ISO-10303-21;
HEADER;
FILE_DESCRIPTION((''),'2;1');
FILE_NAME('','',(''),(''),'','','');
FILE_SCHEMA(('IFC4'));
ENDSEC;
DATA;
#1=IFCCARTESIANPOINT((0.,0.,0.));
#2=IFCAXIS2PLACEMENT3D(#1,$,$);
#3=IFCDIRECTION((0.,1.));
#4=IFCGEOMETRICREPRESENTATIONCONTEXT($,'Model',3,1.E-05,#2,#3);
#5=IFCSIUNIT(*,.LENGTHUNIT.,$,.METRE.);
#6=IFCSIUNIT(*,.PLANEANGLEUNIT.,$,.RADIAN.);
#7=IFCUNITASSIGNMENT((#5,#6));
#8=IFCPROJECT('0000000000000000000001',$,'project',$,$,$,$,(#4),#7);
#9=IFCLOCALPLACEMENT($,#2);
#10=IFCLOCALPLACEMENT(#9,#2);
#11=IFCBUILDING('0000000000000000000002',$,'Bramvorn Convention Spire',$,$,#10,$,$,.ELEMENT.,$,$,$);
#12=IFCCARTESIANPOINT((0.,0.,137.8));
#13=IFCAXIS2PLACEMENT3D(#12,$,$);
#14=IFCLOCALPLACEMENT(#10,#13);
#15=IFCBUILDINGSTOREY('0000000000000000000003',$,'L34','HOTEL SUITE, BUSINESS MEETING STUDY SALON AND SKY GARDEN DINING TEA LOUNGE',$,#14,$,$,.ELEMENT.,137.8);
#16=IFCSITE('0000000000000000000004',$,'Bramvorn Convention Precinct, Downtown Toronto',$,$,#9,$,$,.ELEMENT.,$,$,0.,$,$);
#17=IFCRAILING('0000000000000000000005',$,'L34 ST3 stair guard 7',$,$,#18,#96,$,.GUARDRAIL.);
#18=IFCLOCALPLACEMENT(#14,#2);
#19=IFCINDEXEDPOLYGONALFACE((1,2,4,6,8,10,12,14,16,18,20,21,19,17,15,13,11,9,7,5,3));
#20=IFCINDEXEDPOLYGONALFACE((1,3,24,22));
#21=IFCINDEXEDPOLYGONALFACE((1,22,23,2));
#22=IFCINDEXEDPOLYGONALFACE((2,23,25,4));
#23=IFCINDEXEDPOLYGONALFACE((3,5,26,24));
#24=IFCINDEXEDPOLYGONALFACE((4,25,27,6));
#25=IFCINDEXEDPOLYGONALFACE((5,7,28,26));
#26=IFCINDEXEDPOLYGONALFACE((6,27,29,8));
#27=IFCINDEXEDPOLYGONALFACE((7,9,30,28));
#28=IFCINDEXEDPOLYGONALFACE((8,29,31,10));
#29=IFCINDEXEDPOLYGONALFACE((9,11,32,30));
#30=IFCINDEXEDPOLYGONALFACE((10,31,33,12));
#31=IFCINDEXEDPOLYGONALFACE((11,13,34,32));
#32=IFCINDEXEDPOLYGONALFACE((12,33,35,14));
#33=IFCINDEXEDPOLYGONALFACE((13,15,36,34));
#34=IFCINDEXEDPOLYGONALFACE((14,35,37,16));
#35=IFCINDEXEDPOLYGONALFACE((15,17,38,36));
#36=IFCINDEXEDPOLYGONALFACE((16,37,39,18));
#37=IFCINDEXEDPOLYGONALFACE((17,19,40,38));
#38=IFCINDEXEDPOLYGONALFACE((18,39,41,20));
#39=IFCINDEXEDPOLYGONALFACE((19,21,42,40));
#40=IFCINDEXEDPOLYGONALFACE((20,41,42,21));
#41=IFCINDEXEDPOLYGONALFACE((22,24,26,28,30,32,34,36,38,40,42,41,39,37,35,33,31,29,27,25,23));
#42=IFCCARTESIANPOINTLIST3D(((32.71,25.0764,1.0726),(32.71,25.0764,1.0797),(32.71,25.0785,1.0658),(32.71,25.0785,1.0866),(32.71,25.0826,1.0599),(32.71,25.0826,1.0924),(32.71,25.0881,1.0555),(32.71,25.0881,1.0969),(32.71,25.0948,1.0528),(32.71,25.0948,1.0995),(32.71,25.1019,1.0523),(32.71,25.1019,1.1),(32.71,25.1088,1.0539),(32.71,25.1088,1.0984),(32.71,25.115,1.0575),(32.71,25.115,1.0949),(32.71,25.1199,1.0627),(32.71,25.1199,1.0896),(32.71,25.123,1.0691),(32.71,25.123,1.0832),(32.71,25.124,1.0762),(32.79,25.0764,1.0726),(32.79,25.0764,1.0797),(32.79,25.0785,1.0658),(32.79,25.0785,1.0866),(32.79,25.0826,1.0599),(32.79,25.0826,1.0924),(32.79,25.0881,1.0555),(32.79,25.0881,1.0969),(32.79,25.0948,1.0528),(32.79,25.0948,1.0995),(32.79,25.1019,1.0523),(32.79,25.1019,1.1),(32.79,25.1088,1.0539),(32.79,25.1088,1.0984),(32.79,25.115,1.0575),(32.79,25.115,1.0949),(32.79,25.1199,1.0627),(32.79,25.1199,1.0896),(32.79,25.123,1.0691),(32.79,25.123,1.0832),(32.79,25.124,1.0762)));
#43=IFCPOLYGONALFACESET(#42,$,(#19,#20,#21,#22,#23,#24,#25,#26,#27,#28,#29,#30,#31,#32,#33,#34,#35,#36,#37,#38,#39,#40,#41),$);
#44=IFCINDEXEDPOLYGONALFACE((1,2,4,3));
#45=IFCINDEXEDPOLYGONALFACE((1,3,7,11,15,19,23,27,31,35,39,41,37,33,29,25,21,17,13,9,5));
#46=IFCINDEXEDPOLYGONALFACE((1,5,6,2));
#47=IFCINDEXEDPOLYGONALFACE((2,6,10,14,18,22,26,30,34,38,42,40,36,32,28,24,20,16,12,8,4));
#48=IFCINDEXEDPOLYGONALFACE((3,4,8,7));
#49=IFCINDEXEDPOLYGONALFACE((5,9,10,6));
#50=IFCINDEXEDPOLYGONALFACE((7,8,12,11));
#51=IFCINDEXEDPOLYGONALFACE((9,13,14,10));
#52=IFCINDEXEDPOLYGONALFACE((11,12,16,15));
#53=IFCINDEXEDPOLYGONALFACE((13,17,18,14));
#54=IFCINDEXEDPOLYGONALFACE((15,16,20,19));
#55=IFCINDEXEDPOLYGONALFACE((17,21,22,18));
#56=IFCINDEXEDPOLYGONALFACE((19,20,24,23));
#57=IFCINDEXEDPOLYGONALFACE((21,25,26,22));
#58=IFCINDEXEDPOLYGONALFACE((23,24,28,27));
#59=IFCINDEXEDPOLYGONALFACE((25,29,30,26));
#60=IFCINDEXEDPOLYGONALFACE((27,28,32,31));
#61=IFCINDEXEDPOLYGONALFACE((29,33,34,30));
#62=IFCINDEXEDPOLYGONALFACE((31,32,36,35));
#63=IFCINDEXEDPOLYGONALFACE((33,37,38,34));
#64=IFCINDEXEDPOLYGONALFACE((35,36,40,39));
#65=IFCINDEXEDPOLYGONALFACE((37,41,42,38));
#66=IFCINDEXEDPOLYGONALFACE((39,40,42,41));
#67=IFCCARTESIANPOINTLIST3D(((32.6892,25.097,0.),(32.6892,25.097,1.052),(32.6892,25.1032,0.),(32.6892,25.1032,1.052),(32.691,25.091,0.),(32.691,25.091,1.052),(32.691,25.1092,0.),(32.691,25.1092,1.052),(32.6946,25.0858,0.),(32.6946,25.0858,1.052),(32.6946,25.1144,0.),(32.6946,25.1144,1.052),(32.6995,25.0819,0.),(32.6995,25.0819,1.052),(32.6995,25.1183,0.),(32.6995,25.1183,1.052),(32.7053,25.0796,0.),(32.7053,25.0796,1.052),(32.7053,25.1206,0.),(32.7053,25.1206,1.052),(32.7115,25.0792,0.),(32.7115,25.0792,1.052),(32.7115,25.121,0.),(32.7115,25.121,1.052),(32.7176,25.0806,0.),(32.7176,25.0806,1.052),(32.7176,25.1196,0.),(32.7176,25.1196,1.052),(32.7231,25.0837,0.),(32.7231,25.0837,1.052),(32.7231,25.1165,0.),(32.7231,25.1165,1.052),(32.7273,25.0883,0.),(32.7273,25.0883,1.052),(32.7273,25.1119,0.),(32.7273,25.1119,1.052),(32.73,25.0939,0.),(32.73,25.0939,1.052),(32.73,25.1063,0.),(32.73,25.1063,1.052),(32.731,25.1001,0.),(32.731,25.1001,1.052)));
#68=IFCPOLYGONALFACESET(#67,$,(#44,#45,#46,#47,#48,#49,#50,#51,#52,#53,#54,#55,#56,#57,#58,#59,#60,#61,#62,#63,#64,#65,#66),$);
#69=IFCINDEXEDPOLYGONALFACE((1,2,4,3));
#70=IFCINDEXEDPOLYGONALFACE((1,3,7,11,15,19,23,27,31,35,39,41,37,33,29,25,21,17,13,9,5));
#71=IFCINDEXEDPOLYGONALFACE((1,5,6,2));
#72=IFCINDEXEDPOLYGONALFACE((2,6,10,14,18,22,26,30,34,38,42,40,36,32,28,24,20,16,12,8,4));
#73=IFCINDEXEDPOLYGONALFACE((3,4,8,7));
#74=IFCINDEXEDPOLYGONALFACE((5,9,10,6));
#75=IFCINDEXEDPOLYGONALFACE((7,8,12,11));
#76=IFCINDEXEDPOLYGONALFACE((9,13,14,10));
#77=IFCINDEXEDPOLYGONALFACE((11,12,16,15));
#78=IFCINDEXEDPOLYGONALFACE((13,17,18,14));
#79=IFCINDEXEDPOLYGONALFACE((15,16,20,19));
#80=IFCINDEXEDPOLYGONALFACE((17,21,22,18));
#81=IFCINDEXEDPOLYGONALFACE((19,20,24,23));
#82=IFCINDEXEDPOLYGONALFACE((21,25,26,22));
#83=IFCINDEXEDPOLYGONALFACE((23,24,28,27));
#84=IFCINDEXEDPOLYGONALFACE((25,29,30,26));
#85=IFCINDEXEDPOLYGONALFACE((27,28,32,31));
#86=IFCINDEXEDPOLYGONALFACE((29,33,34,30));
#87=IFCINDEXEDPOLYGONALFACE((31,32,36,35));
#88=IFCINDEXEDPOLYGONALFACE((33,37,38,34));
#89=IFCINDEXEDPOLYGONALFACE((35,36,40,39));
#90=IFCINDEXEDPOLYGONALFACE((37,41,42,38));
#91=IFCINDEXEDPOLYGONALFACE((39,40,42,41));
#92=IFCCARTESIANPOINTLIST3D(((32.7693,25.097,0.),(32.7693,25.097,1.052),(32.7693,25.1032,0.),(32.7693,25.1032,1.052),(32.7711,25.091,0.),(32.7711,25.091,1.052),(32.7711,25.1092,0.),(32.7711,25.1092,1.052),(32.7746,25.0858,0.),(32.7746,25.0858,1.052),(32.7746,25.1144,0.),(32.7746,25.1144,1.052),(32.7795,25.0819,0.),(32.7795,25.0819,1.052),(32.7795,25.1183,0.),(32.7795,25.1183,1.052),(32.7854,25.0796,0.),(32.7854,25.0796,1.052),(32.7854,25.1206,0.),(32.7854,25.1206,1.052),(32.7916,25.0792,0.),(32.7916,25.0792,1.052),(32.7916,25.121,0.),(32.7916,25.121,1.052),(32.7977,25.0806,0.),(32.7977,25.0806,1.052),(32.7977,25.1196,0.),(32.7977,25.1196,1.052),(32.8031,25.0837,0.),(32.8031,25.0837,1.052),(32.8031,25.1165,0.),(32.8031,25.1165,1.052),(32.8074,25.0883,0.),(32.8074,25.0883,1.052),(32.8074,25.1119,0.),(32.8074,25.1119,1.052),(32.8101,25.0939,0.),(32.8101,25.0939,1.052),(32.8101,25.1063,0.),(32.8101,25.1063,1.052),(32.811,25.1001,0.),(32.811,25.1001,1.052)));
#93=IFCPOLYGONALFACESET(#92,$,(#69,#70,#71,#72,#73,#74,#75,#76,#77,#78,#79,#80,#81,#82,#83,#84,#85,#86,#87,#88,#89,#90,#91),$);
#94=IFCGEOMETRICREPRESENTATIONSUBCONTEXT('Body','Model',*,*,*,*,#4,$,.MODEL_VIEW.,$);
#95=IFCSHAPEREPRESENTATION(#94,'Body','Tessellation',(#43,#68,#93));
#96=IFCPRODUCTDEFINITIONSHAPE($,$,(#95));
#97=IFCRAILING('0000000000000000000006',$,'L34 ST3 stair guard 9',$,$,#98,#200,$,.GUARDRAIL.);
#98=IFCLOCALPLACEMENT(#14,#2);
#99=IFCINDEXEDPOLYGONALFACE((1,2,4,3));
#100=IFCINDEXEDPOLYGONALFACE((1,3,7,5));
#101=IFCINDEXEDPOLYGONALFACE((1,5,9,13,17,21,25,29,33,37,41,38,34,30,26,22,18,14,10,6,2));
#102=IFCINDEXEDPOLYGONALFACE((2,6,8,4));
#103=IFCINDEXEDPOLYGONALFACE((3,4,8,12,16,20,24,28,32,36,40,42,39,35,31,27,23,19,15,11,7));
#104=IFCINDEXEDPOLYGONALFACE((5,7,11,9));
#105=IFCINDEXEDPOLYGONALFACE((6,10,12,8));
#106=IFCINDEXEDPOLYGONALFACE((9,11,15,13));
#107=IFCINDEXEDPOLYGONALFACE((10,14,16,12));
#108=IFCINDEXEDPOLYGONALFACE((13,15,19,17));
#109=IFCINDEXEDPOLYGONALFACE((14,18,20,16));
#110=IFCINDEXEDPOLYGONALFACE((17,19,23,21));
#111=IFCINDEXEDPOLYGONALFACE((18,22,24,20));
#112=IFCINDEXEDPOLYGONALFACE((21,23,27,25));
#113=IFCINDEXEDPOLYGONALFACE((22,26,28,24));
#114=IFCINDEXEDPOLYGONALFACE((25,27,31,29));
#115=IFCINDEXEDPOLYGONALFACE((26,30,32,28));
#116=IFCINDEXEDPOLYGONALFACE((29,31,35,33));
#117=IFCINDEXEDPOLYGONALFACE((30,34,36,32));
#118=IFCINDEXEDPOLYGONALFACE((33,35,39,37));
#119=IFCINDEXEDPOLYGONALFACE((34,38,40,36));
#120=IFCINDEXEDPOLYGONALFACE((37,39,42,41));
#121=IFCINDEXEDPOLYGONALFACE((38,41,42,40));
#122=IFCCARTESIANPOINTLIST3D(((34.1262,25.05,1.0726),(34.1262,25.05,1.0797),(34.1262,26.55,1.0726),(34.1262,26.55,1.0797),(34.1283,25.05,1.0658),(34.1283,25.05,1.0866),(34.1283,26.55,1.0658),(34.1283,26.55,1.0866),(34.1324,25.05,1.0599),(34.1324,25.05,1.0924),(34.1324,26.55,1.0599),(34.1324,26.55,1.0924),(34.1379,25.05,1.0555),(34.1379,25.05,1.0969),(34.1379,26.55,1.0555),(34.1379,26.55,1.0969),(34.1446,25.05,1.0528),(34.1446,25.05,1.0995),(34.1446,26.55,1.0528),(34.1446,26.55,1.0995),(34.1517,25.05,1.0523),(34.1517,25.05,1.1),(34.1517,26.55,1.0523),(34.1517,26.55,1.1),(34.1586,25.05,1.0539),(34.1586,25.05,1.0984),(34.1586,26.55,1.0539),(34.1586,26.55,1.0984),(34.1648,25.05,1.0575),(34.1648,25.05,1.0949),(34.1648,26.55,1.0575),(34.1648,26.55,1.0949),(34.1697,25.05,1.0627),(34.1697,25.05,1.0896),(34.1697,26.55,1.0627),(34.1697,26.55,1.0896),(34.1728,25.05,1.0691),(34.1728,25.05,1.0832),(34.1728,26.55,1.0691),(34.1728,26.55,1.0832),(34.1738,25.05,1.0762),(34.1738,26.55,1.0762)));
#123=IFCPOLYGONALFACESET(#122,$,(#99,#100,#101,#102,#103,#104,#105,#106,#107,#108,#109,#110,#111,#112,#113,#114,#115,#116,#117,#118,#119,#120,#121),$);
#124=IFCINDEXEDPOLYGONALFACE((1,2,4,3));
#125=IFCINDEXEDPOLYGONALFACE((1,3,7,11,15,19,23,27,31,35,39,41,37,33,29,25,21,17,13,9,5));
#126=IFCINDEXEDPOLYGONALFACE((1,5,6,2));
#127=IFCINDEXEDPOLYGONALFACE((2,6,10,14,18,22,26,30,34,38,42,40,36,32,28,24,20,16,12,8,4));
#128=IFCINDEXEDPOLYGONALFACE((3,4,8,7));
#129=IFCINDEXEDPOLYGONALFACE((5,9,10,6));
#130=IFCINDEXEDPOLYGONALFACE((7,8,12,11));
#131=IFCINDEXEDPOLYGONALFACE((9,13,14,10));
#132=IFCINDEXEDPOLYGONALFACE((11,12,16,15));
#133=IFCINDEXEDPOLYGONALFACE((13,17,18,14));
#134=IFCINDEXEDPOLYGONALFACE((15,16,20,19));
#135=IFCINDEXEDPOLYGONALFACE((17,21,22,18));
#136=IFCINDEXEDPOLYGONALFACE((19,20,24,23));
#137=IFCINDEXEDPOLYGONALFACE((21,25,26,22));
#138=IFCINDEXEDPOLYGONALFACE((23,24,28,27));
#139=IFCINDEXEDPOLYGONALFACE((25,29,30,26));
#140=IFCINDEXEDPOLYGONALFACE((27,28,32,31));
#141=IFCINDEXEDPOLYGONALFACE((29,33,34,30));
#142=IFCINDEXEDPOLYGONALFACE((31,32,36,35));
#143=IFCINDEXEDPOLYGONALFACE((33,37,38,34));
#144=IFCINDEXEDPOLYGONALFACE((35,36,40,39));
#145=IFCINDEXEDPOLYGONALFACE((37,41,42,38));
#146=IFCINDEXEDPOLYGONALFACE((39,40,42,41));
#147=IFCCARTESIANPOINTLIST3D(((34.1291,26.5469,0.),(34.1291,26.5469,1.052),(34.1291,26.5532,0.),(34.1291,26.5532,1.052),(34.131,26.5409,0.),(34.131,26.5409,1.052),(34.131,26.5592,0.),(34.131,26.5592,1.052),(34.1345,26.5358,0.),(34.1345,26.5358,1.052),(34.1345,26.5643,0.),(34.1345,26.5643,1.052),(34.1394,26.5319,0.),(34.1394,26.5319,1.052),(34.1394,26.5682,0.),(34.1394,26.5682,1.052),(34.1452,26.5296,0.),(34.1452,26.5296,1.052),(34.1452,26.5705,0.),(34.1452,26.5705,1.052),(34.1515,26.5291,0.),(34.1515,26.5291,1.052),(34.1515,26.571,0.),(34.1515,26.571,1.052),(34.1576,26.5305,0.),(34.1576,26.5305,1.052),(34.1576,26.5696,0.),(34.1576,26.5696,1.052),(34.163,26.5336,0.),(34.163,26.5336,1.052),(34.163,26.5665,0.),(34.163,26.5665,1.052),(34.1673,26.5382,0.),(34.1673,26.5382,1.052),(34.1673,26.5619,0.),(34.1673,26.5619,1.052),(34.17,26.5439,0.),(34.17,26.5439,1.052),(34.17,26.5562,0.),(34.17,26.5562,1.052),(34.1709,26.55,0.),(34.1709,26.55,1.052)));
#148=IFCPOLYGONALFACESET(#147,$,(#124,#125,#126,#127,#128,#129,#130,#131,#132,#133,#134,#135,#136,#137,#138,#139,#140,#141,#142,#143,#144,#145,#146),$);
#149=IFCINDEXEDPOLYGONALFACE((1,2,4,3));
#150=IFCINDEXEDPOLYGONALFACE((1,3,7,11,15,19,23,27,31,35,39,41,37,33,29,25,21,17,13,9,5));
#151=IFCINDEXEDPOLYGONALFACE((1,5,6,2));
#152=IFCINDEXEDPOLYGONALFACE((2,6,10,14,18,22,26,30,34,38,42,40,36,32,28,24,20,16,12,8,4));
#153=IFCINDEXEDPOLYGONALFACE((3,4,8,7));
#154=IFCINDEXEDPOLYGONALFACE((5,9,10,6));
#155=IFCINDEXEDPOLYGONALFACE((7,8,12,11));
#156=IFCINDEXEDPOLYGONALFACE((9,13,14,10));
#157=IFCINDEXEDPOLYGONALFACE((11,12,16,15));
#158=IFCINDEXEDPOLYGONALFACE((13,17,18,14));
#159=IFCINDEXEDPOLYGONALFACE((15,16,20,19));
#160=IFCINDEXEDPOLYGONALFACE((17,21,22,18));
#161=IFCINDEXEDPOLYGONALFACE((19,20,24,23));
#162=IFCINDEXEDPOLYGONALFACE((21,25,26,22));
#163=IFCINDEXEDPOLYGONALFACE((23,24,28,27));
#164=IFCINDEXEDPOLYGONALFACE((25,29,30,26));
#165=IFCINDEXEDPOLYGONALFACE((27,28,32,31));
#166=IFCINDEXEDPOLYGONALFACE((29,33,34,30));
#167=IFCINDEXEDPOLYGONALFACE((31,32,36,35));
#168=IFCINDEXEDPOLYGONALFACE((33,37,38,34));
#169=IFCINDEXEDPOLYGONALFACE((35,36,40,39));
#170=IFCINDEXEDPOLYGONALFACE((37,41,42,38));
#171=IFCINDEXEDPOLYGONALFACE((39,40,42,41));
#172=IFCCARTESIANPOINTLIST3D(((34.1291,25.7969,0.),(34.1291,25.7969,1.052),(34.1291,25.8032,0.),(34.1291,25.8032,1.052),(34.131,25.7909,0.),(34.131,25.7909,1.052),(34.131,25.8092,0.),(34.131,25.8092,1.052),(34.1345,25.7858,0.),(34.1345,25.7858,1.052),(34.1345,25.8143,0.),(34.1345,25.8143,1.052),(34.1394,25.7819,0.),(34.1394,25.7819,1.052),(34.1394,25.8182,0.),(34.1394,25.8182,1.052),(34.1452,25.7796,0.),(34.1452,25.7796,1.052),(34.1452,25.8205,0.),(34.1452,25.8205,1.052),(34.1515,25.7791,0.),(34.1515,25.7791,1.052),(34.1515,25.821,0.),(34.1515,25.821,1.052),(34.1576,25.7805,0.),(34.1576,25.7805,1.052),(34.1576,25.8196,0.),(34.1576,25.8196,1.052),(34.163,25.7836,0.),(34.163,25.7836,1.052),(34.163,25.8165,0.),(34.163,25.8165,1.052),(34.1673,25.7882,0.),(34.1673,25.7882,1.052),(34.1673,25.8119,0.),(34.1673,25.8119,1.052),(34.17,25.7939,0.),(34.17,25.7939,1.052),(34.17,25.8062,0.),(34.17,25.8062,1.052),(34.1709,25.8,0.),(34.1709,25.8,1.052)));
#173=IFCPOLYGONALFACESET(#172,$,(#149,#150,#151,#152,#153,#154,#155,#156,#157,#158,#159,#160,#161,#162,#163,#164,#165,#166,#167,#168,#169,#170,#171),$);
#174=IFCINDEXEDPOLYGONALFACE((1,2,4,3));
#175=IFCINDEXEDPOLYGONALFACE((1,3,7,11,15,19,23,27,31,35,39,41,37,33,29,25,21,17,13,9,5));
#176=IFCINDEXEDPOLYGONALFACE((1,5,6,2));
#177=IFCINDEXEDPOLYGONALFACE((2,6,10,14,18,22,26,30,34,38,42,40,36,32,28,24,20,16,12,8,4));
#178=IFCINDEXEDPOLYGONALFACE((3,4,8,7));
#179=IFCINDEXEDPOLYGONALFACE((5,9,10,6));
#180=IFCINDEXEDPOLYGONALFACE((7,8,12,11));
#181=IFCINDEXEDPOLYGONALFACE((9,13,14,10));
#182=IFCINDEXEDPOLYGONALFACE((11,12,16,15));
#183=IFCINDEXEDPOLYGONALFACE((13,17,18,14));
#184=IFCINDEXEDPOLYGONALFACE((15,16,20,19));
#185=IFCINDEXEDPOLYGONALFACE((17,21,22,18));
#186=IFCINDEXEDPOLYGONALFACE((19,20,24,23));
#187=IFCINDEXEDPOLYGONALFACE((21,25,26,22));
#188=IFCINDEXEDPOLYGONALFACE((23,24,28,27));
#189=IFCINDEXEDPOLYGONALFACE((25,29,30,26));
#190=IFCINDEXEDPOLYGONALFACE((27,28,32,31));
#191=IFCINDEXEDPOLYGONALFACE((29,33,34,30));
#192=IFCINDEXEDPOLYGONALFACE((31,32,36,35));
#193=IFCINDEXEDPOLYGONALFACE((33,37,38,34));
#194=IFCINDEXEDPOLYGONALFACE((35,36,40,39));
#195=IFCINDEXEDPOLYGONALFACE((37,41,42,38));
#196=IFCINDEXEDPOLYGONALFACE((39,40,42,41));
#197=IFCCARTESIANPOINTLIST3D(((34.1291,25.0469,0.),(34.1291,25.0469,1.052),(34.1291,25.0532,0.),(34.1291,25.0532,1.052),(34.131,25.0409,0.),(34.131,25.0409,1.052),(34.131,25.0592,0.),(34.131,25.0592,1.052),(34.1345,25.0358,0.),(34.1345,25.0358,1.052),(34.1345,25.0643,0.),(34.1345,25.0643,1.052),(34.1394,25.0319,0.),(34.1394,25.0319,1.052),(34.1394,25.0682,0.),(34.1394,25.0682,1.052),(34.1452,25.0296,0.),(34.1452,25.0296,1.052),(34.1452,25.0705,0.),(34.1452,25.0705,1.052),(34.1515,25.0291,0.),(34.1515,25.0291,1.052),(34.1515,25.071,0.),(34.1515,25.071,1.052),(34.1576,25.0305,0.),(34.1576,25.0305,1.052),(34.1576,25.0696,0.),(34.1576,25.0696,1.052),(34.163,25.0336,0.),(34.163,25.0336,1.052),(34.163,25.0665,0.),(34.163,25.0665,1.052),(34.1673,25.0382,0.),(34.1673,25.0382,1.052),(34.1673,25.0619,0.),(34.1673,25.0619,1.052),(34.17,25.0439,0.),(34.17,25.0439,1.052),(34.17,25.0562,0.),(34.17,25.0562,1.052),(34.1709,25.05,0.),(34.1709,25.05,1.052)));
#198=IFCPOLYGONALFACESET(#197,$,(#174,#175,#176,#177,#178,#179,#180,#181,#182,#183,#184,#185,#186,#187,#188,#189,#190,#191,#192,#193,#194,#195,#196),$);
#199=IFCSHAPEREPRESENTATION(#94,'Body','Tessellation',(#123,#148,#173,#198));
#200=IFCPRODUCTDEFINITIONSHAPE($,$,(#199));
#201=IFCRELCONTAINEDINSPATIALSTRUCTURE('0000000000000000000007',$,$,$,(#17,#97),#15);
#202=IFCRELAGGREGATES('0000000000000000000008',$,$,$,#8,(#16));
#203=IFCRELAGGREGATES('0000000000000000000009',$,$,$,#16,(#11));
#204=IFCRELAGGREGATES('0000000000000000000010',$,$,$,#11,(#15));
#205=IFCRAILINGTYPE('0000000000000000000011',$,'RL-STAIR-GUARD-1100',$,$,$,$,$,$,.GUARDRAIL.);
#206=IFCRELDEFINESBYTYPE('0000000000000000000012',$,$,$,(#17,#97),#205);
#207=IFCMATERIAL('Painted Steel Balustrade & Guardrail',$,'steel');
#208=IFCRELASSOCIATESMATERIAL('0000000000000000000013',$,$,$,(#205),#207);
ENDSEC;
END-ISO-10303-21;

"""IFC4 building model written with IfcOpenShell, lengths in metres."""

from ifc_helpers import new_model, si_unit, direction, frame, origin, origin_2d, place, context, subcontext, project, spatial, circle, extrude, material, type_object, element, save


model = new_model("IFC4")

# Units and contexts
model_context = context("Model", 3, precision=1e-05, world=origin(), true_north=direction((0.0, 1.0)))
body_context = subcontext(model_context, "Body", "Model", "MODEL_VIEW")
ifc_project = project(units=[si_unit("LENGTHUNIT", "METRE"), si_unit("PLANEANGLEUNIT", "RADIAN")], contexts=[model_context])

# Site, building, storey
site_placement = place(None, origin())
site = spatial("IfcSite", under=ifc_project, at=site_placement, Name="Bramvorn Convention Precinct, Downtown Toronto", CompositionType="ELEMENT", RefElevation=0.0)
building_placement = place(site_placement, origin())
building = spatial("IfcBuilding", under=site, at=building_placement, Name="Bramvorn Convention Spire", CompositionType="ELEMENT")
storey_placement = place(building_placement, frame((0.0, 0.0, 137.8)))
storey = spatial("IfcBuildingStorey", under=building, at=storey_placement, Name="L34", Description="HOTEL SUITE, BUSINESS MEETING STUDY SALON AND SKY GARDEN DINING TEA LOUNGE", CompositionType="ELEMENT", Elevation=137.8)

# Railings
ifc_material_1 = material(Name="Painted Steel Balustrade & Guardrail", Category="steel")
railing_type_1 = type_object("IfcRailingType", Name="RL-STAIR-GUARD-1100", PredefinedType="GUARDRAIL", material=ifc_material_1)
railing_1_placement = place(storey_placement, frame((32.71, 25.1001, 0.0)))
element("IfcRailing", 1, at=railing_1_placement, inside=storey, type_object=railing_type_1, Name="L34 ST3 stair guard 7", PredefinedType="GUARDRAIL", context=body_context, shape_type="SweptSolid", body=[
    extrude(circle(Radius=0.0239, at=origin_2d()), frame((0.0, 0.0, 1.0762), z_axis=(1.0, 0.0, 0.0), x_axis=(0.0, 1.0, 0.0)), (0.0, 0.0, 1.0), 0.0801),
    extrude(circle(Radius=0.021, at=origin_2d()), origin(), (0.0, 0.0, 1.0), 1.052),
    extrude(circle(Radius=0.021, at=origin_2d()), frame((0.0801, 0.0, 0.0)), (0.0, 0.0, 1.0), 1.052),
])
railing_2_placement = place(storey_placement, frame((34.1499, 26.55, 0.0)))
element("IfcRailing", 2, at=railing_2_placement, inside=storey, type_object=railing_type_1, Name="L34 ST3 stair guard 9", PredefinedType="GUARDRAIL", context=body_context, shape_type="SweptSolid", body=[
    extrude(circle(Radius=0.0239, at=origin_2d()), frame((0.0, 0.0, 1.0762), z_axis=(0.0, -1.0, 0.0), x_axis=(1.0, 0.0, 0.0)), (0.0, 0.0, 1.0), 1.5),
    extrude(circle(Radius=0.021, at=origin_2d()), origin(), (0.0, 0.0, 1.0), 1.052),
    extrude(circle(Radius=0.021, at=origin_2d()), frame((0.0, -0.75, 0.0)), (0.0, 0.0, 1.0), 1.052),
    extrude(circle(Radius=0.021, at=origin_2d()), frame((0.0, -1.5, 0.0)), (0.0, 0.0, 1.0), 1.052),
])

save(model, "model.ifc")
